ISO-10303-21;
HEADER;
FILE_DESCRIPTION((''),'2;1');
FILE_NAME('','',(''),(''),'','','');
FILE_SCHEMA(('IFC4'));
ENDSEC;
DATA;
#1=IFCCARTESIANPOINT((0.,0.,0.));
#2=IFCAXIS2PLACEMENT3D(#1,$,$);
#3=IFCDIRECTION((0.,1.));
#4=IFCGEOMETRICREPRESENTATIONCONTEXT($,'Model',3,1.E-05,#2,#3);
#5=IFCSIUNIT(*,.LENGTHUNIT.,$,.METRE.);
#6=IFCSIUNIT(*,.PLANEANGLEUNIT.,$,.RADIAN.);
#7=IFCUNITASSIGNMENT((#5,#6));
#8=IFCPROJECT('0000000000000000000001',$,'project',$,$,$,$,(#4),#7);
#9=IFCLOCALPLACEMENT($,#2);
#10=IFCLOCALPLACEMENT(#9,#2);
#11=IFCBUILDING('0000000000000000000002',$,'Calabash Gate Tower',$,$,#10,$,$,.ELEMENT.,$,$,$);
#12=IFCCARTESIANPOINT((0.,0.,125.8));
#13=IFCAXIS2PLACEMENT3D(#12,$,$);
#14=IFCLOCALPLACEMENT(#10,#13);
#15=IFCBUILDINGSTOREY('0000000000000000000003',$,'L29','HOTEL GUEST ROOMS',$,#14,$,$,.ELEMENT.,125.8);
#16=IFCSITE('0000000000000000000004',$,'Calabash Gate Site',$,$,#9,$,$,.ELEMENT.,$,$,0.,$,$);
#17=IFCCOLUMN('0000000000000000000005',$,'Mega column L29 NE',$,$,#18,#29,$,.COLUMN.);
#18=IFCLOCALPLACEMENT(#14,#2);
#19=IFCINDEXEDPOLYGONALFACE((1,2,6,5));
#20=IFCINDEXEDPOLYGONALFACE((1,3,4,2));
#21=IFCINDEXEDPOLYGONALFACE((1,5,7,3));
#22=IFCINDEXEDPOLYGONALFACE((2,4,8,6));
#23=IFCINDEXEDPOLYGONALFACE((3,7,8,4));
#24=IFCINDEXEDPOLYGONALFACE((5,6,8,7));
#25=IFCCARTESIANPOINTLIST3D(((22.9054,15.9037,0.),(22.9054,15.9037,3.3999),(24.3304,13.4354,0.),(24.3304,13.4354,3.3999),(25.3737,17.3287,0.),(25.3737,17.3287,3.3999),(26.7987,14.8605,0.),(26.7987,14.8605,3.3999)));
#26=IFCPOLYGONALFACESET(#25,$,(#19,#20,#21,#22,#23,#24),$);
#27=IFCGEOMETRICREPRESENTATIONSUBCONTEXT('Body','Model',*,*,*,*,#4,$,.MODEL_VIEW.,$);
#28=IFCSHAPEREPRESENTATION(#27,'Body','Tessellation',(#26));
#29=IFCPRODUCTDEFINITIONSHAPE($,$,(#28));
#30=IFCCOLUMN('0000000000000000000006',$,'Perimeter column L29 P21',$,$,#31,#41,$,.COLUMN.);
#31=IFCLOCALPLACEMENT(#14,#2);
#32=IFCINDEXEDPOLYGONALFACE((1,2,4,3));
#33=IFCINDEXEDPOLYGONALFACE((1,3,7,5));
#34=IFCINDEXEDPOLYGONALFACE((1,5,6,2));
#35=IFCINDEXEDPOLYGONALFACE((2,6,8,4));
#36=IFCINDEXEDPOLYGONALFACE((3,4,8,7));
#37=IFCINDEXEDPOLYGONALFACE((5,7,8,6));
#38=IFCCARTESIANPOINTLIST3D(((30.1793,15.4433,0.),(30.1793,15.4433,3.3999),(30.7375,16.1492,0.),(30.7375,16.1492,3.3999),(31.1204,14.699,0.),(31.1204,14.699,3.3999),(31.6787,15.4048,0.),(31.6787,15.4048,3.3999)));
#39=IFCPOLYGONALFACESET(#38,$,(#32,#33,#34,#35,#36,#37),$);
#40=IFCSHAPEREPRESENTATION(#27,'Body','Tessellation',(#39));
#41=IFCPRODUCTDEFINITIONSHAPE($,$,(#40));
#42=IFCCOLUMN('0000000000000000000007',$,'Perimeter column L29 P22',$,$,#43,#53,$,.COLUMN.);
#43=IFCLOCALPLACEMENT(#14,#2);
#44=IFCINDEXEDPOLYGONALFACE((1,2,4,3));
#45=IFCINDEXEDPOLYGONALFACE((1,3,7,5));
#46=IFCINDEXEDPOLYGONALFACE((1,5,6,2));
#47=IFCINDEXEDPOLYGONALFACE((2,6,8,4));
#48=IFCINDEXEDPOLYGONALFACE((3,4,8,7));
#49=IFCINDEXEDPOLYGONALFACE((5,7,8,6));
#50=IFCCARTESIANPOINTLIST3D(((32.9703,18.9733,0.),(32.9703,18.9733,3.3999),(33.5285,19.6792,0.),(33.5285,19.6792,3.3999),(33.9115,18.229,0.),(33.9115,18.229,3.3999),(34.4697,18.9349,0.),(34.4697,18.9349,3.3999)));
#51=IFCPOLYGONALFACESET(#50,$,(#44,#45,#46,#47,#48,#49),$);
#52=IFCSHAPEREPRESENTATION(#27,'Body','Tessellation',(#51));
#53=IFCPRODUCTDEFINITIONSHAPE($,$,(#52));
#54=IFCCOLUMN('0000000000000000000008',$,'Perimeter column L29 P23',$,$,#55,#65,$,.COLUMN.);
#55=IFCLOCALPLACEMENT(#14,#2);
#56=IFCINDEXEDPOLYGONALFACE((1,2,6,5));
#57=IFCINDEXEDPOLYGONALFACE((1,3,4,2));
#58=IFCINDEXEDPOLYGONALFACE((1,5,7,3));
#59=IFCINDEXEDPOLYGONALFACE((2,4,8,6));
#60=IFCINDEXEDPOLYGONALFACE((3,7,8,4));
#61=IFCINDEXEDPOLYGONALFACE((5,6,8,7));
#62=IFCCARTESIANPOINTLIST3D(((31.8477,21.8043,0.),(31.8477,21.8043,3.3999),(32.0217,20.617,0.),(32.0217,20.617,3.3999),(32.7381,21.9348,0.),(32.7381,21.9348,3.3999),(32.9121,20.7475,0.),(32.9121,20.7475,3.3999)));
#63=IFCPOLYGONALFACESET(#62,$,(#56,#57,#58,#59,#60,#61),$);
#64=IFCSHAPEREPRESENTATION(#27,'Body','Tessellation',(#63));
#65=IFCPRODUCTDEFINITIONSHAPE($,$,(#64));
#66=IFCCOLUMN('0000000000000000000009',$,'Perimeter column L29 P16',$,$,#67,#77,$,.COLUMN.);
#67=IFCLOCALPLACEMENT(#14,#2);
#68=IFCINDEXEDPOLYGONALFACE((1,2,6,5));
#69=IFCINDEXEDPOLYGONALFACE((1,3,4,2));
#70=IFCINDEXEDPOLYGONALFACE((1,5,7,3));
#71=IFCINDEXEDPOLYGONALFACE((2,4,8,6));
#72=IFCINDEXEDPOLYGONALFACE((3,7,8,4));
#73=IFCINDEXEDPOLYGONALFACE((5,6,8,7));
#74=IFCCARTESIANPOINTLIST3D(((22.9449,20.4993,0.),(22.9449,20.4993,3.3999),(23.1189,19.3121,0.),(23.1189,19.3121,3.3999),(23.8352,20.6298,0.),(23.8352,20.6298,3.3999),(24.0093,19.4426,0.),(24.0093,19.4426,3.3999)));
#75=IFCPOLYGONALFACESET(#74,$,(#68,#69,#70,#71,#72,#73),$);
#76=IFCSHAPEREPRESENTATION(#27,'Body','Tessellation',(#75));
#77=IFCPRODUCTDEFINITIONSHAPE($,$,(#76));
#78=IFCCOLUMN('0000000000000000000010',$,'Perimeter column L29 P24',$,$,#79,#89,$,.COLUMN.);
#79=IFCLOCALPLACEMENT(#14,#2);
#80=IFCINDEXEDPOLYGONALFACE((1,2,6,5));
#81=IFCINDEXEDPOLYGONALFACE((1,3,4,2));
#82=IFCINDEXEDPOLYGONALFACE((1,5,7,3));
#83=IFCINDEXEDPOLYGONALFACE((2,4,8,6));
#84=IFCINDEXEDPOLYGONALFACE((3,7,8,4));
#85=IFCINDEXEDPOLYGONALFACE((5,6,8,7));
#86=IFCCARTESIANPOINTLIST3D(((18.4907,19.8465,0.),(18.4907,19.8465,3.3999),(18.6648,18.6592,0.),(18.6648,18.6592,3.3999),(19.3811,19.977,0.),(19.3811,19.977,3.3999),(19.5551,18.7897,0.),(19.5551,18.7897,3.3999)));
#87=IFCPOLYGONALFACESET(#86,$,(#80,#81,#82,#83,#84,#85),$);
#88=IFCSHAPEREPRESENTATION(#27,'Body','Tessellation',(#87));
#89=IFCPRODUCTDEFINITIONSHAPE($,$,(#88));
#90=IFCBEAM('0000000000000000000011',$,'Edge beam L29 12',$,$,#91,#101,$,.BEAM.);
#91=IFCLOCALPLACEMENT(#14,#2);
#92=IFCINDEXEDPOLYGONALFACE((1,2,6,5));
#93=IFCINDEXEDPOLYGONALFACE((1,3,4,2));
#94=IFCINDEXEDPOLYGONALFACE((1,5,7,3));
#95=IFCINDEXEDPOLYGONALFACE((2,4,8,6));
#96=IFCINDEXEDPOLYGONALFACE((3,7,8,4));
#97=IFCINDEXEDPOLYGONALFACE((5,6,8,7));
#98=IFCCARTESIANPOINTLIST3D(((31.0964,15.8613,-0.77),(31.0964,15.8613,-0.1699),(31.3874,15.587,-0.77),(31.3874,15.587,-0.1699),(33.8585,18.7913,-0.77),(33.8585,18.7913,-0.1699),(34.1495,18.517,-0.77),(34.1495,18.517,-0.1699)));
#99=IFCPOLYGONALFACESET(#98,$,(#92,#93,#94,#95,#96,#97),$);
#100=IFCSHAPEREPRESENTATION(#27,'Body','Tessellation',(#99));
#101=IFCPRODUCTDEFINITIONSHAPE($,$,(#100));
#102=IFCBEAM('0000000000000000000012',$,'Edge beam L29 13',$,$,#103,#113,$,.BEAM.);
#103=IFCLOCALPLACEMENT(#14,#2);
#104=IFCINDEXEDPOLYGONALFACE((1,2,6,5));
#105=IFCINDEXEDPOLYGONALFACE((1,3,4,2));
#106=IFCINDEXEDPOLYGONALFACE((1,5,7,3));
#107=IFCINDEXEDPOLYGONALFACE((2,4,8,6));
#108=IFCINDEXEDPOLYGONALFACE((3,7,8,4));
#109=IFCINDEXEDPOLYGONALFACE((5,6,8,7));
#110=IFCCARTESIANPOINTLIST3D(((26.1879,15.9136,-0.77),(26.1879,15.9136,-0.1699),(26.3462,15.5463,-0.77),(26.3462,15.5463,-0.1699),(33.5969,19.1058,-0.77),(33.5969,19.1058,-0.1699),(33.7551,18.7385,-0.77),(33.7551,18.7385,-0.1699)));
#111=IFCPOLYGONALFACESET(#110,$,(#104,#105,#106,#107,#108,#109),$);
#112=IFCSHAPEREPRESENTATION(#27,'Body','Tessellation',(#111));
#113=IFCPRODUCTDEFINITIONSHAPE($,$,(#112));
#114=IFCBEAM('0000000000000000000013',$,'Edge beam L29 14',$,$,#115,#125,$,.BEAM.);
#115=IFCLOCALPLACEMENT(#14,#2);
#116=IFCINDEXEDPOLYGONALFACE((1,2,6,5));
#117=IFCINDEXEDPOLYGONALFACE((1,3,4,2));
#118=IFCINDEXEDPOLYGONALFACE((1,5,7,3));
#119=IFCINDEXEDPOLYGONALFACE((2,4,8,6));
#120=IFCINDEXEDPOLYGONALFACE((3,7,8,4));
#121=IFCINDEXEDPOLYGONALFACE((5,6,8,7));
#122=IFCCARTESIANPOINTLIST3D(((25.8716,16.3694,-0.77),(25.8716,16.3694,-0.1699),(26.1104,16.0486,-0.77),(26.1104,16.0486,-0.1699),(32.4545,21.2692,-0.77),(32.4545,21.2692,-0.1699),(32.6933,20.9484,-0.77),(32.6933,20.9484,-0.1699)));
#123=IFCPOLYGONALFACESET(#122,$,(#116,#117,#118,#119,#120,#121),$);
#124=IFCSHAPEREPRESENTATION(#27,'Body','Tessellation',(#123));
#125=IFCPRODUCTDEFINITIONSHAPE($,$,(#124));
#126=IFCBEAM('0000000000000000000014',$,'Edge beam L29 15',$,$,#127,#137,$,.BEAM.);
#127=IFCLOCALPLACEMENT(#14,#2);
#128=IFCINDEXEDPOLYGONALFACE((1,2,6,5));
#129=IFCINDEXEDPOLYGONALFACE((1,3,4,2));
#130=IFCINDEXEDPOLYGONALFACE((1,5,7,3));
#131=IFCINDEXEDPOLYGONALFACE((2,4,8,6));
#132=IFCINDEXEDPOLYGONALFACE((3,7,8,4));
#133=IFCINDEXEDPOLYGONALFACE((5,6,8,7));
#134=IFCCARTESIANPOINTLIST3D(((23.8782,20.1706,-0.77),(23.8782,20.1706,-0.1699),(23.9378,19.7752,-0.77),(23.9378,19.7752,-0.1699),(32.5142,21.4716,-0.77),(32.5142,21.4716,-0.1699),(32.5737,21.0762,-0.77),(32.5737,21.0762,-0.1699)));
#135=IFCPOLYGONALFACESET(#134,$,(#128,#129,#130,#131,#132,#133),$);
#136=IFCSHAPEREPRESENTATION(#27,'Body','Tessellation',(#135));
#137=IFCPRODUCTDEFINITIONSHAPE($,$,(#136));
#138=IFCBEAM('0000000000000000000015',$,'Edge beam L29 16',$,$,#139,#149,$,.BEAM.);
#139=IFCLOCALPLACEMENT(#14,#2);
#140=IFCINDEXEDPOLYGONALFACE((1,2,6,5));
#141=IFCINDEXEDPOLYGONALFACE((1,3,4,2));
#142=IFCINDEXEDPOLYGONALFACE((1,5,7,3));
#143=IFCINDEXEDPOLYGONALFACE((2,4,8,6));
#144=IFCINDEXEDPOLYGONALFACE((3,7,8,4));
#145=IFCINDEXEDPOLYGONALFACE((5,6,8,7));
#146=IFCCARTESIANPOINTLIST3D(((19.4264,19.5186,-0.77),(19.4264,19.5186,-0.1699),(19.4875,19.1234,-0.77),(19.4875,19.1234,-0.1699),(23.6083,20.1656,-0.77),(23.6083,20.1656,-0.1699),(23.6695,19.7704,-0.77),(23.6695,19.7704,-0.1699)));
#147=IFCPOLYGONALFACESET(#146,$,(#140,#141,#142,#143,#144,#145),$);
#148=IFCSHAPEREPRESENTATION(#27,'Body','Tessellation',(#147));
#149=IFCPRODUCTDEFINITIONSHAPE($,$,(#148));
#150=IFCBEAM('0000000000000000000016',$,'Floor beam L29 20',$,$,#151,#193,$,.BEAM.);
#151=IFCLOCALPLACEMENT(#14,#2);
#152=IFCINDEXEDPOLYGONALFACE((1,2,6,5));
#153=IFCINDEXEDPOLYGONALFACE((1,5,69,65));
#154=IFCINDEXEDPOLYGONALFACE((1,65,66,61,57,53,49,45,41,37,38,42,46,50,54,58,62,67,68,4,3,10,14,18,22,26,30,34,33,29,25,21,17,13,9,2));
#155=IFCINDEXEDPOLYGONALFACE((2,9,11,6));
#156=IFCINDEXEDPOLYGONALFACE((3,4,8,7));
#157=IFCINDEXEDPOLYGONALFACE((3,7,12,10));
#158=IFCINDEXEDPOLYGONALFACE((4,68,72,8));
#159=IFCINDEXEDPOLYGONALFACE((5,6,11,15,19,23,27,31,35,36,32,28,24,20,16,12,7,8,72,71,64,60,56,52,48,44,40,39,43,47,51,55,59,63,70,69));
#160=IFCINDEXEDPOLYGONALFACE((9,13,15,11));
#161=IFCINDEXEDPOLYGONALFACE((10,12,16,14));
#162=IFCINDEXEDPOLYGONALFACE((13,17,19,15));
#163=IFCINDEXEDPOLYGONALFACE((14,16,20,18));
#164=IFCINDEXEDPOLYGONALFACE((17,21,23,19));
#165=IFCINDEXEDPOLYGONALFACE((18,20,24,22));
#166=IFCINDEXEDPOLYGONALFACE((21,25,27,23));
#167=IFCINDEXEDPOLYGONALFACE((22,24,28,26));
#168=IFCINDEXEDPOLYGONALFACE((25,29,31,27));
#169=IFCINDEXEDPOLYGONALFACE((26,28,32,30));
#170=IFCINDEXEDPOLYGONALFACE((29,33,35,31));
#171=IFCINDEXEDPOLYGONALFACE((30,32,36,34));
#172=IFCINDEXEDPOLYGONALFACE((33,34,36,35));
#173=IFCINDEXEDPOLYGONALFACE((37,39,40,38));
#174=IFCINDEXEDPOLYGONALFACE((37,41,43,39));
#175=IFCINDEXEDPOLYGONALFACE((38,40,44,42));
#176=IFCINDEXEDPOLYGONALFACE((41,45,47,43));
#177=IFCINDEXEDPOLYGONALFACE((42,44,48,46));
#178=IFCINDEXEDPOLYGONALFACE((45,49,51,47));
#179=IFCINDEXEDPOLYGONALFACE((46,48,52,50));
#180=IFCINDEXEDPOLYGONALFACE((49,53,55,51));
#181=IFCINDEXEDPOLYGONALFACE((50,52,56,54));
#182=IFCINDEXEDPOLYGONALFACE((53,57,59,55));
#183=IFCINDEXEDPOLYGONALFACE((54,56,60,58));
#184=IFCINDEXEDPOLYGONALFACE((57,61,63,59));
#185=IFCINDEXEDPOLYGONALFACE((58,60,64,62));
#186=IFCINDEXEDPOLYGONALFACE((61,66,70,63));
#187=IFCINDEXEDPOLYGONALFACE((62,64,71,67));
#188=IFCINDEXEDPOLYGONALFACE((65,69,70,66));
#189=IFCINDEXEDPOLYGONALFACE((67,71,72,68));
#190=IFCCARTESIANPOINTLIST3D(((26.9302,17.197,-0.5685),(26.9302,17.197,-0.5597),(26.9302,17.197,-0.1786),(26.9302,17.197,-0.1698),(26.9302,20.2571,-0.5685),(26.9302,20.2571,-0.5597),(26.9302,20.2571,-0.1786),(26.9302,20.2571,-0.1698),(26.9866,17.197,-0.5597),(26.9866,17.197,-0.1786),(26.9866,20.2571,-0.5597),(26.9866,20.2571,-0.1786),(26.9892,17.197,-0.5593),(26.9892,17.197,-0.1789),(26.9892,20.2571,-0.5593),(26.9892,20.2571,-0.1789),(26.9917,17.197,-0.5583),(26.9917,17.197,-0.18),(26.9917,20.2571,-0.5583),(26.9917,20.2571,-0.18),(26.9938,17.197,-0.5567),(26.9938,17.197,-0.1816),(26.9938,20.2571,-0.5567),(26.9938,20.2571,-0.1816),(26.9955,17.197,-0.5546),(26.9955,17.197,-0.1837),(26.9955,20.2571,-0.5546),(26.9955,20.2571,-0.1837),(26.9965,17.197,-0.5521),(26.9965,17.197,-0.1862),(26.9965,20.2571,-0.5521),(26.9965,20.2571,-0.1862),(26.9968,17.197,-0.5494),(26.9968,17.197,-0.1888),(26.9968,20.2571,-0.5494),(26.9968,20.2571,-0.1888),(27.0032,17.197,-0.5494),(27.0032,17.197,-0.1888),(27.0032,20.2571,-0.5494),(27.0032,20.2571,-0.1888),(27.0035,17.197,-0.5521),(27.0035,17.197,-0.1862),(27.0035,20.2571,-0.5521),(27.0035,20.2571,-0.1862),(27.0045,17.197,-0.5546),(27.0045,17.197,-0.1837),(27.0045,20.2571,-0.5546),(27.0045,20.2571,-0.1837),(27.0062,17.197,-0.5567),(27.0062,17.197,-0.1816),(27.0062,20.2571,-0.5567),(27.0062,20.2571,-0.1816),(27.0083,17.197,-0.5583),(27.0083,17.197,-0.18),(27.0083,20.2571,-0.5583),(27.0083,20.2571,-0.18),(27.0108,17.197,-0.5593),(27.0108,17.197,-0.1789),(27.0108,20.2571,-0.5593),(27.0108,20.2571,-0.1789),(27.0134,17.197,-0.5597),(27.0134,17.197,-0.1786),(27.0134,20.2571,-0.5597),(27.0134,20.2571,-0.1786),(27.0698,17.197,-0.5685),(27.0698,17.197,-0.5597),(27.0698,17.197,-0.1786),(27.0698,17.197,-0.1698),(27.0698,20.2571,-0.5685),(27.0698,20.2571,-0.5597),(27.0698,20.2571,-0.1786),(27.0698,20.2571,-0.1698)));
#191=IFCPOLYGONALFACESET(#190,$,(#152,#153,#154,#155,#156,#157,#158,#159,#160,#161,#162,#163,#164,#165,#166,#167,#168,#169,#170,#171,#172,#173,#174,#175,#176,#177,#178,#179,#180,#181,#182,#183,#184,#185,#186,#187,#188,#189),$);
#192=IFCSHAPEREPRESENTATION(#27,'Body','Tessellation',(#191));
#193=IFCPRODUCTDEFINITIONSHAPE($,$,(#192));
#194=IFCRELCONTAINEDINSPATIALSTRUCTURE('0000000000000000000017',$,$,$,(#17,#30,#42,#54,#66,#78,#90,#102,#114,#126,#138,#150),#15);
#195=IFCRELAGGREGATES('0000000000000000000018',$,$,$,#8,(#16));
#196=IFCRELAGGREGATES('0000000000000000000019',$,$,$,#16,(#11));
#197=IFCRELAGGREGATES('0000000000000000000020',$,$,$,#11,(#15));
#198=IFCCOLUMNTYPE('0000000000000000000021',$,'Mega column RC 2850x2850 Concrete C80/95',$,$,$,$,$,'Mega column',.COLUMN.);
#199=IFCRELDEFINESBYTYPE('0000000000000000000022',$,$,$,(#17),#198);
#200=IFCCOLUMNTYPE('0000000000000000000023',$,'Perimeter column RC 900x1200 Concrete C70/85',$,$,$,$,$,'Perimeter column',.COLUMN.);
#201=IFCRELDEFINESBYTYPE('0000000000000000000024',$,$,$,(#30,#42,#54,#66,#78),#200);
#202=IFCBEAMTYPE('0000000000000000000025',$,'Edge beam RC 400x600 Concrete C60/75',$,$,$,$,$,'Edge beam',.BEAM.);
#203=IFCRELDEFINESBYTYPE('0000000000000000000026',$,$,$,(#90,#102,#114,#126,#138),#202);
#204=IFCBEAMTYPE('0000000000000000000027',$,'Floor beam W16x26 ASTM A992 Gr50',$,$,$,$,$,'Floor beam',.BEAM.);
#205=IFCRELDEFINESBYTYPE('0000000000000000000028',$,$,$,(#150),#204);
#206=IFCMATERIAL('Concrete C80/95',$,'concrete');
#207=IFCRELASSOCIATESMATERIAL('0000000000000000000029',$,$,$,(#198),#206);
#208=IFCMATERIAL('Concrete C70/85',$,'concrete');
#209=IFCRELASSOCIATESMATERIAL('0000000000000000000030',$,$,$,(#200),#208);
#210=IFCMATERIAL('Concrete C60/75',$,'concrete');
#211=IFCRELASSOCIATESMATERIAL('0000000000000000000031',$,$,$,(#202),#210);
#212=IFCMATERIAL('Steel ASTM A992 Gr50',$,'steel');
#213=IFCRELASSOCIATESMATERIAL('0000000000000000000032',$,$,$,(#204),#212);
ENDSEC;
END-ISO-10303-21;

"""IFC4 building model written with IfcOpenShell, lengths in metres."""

from ifc_helpers import new_model, si_unit, direction, frame, origin, origin_2d, place, context, subcontext, project, spatial, rectangle, i_section, extrude, material, material_profile, profile_set, type_object, element, save


model = new_model("IFC4")

# Units and contexts
model_context = context("Model", 3, precision=1e-05, world=origin(), true_north=direction((0.0, 1.0)))
body_context = subcontext(model_context, "Body", "Model", "MODEL_VIEW")
ifc_project = project(units=[si_unit("LENGTHUNIT", "METRE"), si_unit("PLANEANGLEUNIT", "RADIAN")], contexts=[model_context])

# Site, building, storey
site_placement = place(None, origin())
site = spatial("IfcSite", under=ifc_project, at=site_placement, Name="Calabash Gate Site", CompositionType="ELEMENT", RefElevation=0.0)
building_placement = place(site_placement, origin())
building = spatial("IfcBuilding", under=site, at=building_placement, Name="Calabash Gate Tower", CompositionType="ELEMENT")
storey_placement = place(building_placement, frame((0.0, 0.0, 125.8)))
storey = spatial("IfcBuildingStorey", under=building, at=storey_placement, Name="L29", Description="HOTEL GUEST ROOMS", CompositionType="ELEMENT", Elevation=125.8)

# Columns
ifc_material_1 = material(Name="Concrete C80/95", Category="concrete")
ifc_material_profile_1 = material_profile(ifc_material_1, rectangle(XDim=2.8501, YDim=2.8501, at=origin_2d()))
ifc_profile_set_1 = profile_set([ifc_material_profile_1], Name="Concrete C80/95")
column_type_1 = type_object("IfcColumnType", Name="Mega column RC 2850x2850 Concrete C80/95", ElementType="Mega column", PredefinedType="COLUMN", material=ifc_profile_set_1)
column_placement = place(storey_placement, frame((24.8521, 15.3821, 0.0), z_axis=(0.0, 0.0, 1.0), x_axis=(-0.866025, -0.5, 0.0)))
element("IfcColumn", 1, at=column_placement, inside=storey, type_object=column_type_1, Name="Mega column L29 NE", PredefinedType="COLUMN", context=body_context, shape_type="SweptSolid", body=[
    extrude(rectangle(XDim=2.8501, YDim=2.8501, at=origin_2d()), origin(), (0.0, 0.0, 1.0), 3.3999),
])
ifc_material_2 = material(Name="Concrete C70/85", Category="concrete")
ifc_material_profile_2 = material_profile(ifc_material_2, rectangle(XDim=0.8999, YDim=1.2, at=origin_2d()))
ifc_profile_set_2 = profile_set([ifc_material_profile_2], Name="Concrete C70/85")
column_type_2 = type_object("IfcColumnType", Name="Perimeter column RC 900x1200 Concrete C70/85", ElementType="Perimeter column", PredefinedType="COLUMN", material=ifc_profile_set_2)
for number, where, z_axis, x_axis, name in (
    (2, (30.929, 15.4241, 0.0), (0.0, 0.0, 1.0), (0.620301, 0.784364, 0.0), "Perimeter column L29 P21"),
    (3, (33.72, 18.9541, 0.0), (0.0, 0.0, 1.0), (0.620301, 0.784364, 0.0), "Perimeter column L29 P22"),
    (4, (32.3799, 21.2759, 0.0), (0.0, 0.0, 1.0), (-0.98943, -0.145015, 0.0), "Perimeter column L29 P23"),
    (5, (23.4771, 19.9709, 0.0), (0.0, 0.0, 1.0), (-0.98943, -0.145015, 0.0), "Perimeter column L29 P16"),
    (6, (19.0229, 19.3181, 0.0), (0.0, 0.0, 1.0), (-0.98943, -0.145015, 0.0), "Perimeter column L29 P24"),
):
    element("IfcColumn", number, at=place(storey_placement, frame(where, z_axis=z_axis, x_axis=x_axis)), inside=storey, type_object=column_type_2, Name=name, PredefinedType="COLUMN", context=body_context, shape_type="SweptSolid", body=[
        extrude(rectangle(XDim=0.8999, YDim=1.2, at=origin_2d()), origin(), (0.0, 0.0, 1.0), 3.3999),
    ])

# Beams
ifc_material_3 = material(Name="Concrete C60/75", Category="concrete")
ifc_material_profile_3 = material_profile(ifc_material_3, rectangle(XDim=0.3999, YDim=0.6001, at=origin_2d()))
ifc_profile_set_3 = profile_set([ifc_material_profile_3], Name="Concrete C60/75")
beam_type_1 = type_object("IfcBeamType", Name="Edge beam RC 400x600 Concrete C60/75", ElementType="Edge beam", PredefinedType="BEAM", material=ifc_profile_set_3)
beam_1_placement = place(storey_placement, frame((31.2419, 15.7241, -0.47), z_axis=(0.685941, 0.727657, 0.0), x_axis=(-0.727657, 0.685941, 0.0)))
element("IfcBeam", 7, at=beam_1_placement, inside=storey, type_object=beam_type_1, Name="Edge beam L29 12", PredefinedType="BEAM", context=body_context, shape_type="SweptSolid", body=[
    extrude(rectangle(XDim=0.3999, YDim=0.6001, at=origin_2d()), origin(), (0.0, 0.0, 1.0), 4.0266),
])
beam_2_placement = place(storey_placement, frame((33.676, 18.9221, -0.47), z_axis=(-0.918386, -0.395686, 0.0), x_axis=(0.395686, -0.918386, 0.0)))
element("IfcBeam", 8, at=beam_2_placement, inside=storey, type_object=beam_type_1, Name="Edge beam L29 13", PredefinedType="BEAM", context=body_context, shape_type="SweptSolid", body=[
    extrude(rectangle(XDim=0.3999, YDim=0.6001, at=origin_2d()), origin(), (0.0, 0.0, 1.0), 8.0674),
])
beam_3_placement = place(storey_placement, frame((25.991, 16.209, -0.47), z_axis=(0.80218, 0.597083, 0.0), x_axis=(-0.597083, 0.80218, 0.0)))
element("IfcBeam", 9, at=beam_3_placement, inside=storey, type_object=beam_type_1, Name="Edge beam L29 14", PredefinedType="BEAM", context=body_context, shape_type="SweptSolid", body=[
    extrude(rectangle(XDim=0.3999, YDim=0.6001, at=origin_2d()), origin(), (0.0, 0.0, 1.0), 8.2063),
])
beam_4_placement = place(storey_placement, frame((32.5439, 21.2739, -0.47), z_axis=(-0.988842, -0.148971, 0.0), x_axis=(0.148971, -0.988842, 0.0)))
element("IfcBeam", 10, at=beam_4_placement, inside=storey, type_object=beam_type_1, Name="Edge beam L29 15", PredefinedType="BEAM", context=body_context, shape_type="SweptSolid", body=[
    extrude(rectangle(XDim=0.3999, YDim=0.6001, at=origin_2d()), origin(), (0.0, 0.0, 1.0), 8.7334),
])
beam_5_placement = place(storey_placement, frame((23.6389, 19.968, -0.47), z_axis=(-0.988243, -0.15289, 0.0), x_axis=(0.15289, -0.988243, 0.0)))
element("IfcBeam", 11, at=beam_5_placement, inside=storey, type_object=beam_type_1, Name="Edge beam L29 16", PredefinedType="BEAM", context=body_context, shape_type="SweptSolid", body=[
    extrude(rectangle(XDim=0.3999, YDim=0.6001, at=origin_2d()), origin(), (0.0, 0.0, 1.0), 4.2317),
])
ifc_material_4 = material(Name="Steel ASTM A992 Gr50", Category="steel")
ifc_material_profile_4 = material_profile(ifc_material_4, i_section(OverallWidth=0.1396, OverallDepth=0.3987, WebThickness=0.0063, FlangeThickness=0.0088, FilletRadius=0.0103, at=origin_2d()))
ifc_profile_set_4 = profile_set([ifc_material_profile_4], Name="Steel ASTM A992 Gr50")
beam_type_2 = type_object("IfcBeamType", Name="Floor beam W16x26 ASTM A992 Gr50", ElementType="Floor beam", PredefinedType="BEAM", material=ifc_profile_set_4)
beam_6_placement = place(storey_placement, frame((27.0, 17.197, -0.3691), z_axis=(0.0, 1.0, 0.0), x_axis=(-1.0, 0.0, 0.0)))
element("IfcBeam", 12, at=beam_6_placement, inside=storey, type_object=beam_type_2, Name="Floor beam L29 20", PredefinedType="BEAM", context=body_context, shape_type="SweptSolid", body=[
    extrude(i_section(OverallWidth=0.1396, OverallDepth=0.3987, WebThickness=0.0063, FlangeThickness=0.0088, FilletRadius=0.0103, at=origin_2d()), origin(), (0.0, 0.0, 1.0), 3.0601),
])

save(model, "model.ifc")
